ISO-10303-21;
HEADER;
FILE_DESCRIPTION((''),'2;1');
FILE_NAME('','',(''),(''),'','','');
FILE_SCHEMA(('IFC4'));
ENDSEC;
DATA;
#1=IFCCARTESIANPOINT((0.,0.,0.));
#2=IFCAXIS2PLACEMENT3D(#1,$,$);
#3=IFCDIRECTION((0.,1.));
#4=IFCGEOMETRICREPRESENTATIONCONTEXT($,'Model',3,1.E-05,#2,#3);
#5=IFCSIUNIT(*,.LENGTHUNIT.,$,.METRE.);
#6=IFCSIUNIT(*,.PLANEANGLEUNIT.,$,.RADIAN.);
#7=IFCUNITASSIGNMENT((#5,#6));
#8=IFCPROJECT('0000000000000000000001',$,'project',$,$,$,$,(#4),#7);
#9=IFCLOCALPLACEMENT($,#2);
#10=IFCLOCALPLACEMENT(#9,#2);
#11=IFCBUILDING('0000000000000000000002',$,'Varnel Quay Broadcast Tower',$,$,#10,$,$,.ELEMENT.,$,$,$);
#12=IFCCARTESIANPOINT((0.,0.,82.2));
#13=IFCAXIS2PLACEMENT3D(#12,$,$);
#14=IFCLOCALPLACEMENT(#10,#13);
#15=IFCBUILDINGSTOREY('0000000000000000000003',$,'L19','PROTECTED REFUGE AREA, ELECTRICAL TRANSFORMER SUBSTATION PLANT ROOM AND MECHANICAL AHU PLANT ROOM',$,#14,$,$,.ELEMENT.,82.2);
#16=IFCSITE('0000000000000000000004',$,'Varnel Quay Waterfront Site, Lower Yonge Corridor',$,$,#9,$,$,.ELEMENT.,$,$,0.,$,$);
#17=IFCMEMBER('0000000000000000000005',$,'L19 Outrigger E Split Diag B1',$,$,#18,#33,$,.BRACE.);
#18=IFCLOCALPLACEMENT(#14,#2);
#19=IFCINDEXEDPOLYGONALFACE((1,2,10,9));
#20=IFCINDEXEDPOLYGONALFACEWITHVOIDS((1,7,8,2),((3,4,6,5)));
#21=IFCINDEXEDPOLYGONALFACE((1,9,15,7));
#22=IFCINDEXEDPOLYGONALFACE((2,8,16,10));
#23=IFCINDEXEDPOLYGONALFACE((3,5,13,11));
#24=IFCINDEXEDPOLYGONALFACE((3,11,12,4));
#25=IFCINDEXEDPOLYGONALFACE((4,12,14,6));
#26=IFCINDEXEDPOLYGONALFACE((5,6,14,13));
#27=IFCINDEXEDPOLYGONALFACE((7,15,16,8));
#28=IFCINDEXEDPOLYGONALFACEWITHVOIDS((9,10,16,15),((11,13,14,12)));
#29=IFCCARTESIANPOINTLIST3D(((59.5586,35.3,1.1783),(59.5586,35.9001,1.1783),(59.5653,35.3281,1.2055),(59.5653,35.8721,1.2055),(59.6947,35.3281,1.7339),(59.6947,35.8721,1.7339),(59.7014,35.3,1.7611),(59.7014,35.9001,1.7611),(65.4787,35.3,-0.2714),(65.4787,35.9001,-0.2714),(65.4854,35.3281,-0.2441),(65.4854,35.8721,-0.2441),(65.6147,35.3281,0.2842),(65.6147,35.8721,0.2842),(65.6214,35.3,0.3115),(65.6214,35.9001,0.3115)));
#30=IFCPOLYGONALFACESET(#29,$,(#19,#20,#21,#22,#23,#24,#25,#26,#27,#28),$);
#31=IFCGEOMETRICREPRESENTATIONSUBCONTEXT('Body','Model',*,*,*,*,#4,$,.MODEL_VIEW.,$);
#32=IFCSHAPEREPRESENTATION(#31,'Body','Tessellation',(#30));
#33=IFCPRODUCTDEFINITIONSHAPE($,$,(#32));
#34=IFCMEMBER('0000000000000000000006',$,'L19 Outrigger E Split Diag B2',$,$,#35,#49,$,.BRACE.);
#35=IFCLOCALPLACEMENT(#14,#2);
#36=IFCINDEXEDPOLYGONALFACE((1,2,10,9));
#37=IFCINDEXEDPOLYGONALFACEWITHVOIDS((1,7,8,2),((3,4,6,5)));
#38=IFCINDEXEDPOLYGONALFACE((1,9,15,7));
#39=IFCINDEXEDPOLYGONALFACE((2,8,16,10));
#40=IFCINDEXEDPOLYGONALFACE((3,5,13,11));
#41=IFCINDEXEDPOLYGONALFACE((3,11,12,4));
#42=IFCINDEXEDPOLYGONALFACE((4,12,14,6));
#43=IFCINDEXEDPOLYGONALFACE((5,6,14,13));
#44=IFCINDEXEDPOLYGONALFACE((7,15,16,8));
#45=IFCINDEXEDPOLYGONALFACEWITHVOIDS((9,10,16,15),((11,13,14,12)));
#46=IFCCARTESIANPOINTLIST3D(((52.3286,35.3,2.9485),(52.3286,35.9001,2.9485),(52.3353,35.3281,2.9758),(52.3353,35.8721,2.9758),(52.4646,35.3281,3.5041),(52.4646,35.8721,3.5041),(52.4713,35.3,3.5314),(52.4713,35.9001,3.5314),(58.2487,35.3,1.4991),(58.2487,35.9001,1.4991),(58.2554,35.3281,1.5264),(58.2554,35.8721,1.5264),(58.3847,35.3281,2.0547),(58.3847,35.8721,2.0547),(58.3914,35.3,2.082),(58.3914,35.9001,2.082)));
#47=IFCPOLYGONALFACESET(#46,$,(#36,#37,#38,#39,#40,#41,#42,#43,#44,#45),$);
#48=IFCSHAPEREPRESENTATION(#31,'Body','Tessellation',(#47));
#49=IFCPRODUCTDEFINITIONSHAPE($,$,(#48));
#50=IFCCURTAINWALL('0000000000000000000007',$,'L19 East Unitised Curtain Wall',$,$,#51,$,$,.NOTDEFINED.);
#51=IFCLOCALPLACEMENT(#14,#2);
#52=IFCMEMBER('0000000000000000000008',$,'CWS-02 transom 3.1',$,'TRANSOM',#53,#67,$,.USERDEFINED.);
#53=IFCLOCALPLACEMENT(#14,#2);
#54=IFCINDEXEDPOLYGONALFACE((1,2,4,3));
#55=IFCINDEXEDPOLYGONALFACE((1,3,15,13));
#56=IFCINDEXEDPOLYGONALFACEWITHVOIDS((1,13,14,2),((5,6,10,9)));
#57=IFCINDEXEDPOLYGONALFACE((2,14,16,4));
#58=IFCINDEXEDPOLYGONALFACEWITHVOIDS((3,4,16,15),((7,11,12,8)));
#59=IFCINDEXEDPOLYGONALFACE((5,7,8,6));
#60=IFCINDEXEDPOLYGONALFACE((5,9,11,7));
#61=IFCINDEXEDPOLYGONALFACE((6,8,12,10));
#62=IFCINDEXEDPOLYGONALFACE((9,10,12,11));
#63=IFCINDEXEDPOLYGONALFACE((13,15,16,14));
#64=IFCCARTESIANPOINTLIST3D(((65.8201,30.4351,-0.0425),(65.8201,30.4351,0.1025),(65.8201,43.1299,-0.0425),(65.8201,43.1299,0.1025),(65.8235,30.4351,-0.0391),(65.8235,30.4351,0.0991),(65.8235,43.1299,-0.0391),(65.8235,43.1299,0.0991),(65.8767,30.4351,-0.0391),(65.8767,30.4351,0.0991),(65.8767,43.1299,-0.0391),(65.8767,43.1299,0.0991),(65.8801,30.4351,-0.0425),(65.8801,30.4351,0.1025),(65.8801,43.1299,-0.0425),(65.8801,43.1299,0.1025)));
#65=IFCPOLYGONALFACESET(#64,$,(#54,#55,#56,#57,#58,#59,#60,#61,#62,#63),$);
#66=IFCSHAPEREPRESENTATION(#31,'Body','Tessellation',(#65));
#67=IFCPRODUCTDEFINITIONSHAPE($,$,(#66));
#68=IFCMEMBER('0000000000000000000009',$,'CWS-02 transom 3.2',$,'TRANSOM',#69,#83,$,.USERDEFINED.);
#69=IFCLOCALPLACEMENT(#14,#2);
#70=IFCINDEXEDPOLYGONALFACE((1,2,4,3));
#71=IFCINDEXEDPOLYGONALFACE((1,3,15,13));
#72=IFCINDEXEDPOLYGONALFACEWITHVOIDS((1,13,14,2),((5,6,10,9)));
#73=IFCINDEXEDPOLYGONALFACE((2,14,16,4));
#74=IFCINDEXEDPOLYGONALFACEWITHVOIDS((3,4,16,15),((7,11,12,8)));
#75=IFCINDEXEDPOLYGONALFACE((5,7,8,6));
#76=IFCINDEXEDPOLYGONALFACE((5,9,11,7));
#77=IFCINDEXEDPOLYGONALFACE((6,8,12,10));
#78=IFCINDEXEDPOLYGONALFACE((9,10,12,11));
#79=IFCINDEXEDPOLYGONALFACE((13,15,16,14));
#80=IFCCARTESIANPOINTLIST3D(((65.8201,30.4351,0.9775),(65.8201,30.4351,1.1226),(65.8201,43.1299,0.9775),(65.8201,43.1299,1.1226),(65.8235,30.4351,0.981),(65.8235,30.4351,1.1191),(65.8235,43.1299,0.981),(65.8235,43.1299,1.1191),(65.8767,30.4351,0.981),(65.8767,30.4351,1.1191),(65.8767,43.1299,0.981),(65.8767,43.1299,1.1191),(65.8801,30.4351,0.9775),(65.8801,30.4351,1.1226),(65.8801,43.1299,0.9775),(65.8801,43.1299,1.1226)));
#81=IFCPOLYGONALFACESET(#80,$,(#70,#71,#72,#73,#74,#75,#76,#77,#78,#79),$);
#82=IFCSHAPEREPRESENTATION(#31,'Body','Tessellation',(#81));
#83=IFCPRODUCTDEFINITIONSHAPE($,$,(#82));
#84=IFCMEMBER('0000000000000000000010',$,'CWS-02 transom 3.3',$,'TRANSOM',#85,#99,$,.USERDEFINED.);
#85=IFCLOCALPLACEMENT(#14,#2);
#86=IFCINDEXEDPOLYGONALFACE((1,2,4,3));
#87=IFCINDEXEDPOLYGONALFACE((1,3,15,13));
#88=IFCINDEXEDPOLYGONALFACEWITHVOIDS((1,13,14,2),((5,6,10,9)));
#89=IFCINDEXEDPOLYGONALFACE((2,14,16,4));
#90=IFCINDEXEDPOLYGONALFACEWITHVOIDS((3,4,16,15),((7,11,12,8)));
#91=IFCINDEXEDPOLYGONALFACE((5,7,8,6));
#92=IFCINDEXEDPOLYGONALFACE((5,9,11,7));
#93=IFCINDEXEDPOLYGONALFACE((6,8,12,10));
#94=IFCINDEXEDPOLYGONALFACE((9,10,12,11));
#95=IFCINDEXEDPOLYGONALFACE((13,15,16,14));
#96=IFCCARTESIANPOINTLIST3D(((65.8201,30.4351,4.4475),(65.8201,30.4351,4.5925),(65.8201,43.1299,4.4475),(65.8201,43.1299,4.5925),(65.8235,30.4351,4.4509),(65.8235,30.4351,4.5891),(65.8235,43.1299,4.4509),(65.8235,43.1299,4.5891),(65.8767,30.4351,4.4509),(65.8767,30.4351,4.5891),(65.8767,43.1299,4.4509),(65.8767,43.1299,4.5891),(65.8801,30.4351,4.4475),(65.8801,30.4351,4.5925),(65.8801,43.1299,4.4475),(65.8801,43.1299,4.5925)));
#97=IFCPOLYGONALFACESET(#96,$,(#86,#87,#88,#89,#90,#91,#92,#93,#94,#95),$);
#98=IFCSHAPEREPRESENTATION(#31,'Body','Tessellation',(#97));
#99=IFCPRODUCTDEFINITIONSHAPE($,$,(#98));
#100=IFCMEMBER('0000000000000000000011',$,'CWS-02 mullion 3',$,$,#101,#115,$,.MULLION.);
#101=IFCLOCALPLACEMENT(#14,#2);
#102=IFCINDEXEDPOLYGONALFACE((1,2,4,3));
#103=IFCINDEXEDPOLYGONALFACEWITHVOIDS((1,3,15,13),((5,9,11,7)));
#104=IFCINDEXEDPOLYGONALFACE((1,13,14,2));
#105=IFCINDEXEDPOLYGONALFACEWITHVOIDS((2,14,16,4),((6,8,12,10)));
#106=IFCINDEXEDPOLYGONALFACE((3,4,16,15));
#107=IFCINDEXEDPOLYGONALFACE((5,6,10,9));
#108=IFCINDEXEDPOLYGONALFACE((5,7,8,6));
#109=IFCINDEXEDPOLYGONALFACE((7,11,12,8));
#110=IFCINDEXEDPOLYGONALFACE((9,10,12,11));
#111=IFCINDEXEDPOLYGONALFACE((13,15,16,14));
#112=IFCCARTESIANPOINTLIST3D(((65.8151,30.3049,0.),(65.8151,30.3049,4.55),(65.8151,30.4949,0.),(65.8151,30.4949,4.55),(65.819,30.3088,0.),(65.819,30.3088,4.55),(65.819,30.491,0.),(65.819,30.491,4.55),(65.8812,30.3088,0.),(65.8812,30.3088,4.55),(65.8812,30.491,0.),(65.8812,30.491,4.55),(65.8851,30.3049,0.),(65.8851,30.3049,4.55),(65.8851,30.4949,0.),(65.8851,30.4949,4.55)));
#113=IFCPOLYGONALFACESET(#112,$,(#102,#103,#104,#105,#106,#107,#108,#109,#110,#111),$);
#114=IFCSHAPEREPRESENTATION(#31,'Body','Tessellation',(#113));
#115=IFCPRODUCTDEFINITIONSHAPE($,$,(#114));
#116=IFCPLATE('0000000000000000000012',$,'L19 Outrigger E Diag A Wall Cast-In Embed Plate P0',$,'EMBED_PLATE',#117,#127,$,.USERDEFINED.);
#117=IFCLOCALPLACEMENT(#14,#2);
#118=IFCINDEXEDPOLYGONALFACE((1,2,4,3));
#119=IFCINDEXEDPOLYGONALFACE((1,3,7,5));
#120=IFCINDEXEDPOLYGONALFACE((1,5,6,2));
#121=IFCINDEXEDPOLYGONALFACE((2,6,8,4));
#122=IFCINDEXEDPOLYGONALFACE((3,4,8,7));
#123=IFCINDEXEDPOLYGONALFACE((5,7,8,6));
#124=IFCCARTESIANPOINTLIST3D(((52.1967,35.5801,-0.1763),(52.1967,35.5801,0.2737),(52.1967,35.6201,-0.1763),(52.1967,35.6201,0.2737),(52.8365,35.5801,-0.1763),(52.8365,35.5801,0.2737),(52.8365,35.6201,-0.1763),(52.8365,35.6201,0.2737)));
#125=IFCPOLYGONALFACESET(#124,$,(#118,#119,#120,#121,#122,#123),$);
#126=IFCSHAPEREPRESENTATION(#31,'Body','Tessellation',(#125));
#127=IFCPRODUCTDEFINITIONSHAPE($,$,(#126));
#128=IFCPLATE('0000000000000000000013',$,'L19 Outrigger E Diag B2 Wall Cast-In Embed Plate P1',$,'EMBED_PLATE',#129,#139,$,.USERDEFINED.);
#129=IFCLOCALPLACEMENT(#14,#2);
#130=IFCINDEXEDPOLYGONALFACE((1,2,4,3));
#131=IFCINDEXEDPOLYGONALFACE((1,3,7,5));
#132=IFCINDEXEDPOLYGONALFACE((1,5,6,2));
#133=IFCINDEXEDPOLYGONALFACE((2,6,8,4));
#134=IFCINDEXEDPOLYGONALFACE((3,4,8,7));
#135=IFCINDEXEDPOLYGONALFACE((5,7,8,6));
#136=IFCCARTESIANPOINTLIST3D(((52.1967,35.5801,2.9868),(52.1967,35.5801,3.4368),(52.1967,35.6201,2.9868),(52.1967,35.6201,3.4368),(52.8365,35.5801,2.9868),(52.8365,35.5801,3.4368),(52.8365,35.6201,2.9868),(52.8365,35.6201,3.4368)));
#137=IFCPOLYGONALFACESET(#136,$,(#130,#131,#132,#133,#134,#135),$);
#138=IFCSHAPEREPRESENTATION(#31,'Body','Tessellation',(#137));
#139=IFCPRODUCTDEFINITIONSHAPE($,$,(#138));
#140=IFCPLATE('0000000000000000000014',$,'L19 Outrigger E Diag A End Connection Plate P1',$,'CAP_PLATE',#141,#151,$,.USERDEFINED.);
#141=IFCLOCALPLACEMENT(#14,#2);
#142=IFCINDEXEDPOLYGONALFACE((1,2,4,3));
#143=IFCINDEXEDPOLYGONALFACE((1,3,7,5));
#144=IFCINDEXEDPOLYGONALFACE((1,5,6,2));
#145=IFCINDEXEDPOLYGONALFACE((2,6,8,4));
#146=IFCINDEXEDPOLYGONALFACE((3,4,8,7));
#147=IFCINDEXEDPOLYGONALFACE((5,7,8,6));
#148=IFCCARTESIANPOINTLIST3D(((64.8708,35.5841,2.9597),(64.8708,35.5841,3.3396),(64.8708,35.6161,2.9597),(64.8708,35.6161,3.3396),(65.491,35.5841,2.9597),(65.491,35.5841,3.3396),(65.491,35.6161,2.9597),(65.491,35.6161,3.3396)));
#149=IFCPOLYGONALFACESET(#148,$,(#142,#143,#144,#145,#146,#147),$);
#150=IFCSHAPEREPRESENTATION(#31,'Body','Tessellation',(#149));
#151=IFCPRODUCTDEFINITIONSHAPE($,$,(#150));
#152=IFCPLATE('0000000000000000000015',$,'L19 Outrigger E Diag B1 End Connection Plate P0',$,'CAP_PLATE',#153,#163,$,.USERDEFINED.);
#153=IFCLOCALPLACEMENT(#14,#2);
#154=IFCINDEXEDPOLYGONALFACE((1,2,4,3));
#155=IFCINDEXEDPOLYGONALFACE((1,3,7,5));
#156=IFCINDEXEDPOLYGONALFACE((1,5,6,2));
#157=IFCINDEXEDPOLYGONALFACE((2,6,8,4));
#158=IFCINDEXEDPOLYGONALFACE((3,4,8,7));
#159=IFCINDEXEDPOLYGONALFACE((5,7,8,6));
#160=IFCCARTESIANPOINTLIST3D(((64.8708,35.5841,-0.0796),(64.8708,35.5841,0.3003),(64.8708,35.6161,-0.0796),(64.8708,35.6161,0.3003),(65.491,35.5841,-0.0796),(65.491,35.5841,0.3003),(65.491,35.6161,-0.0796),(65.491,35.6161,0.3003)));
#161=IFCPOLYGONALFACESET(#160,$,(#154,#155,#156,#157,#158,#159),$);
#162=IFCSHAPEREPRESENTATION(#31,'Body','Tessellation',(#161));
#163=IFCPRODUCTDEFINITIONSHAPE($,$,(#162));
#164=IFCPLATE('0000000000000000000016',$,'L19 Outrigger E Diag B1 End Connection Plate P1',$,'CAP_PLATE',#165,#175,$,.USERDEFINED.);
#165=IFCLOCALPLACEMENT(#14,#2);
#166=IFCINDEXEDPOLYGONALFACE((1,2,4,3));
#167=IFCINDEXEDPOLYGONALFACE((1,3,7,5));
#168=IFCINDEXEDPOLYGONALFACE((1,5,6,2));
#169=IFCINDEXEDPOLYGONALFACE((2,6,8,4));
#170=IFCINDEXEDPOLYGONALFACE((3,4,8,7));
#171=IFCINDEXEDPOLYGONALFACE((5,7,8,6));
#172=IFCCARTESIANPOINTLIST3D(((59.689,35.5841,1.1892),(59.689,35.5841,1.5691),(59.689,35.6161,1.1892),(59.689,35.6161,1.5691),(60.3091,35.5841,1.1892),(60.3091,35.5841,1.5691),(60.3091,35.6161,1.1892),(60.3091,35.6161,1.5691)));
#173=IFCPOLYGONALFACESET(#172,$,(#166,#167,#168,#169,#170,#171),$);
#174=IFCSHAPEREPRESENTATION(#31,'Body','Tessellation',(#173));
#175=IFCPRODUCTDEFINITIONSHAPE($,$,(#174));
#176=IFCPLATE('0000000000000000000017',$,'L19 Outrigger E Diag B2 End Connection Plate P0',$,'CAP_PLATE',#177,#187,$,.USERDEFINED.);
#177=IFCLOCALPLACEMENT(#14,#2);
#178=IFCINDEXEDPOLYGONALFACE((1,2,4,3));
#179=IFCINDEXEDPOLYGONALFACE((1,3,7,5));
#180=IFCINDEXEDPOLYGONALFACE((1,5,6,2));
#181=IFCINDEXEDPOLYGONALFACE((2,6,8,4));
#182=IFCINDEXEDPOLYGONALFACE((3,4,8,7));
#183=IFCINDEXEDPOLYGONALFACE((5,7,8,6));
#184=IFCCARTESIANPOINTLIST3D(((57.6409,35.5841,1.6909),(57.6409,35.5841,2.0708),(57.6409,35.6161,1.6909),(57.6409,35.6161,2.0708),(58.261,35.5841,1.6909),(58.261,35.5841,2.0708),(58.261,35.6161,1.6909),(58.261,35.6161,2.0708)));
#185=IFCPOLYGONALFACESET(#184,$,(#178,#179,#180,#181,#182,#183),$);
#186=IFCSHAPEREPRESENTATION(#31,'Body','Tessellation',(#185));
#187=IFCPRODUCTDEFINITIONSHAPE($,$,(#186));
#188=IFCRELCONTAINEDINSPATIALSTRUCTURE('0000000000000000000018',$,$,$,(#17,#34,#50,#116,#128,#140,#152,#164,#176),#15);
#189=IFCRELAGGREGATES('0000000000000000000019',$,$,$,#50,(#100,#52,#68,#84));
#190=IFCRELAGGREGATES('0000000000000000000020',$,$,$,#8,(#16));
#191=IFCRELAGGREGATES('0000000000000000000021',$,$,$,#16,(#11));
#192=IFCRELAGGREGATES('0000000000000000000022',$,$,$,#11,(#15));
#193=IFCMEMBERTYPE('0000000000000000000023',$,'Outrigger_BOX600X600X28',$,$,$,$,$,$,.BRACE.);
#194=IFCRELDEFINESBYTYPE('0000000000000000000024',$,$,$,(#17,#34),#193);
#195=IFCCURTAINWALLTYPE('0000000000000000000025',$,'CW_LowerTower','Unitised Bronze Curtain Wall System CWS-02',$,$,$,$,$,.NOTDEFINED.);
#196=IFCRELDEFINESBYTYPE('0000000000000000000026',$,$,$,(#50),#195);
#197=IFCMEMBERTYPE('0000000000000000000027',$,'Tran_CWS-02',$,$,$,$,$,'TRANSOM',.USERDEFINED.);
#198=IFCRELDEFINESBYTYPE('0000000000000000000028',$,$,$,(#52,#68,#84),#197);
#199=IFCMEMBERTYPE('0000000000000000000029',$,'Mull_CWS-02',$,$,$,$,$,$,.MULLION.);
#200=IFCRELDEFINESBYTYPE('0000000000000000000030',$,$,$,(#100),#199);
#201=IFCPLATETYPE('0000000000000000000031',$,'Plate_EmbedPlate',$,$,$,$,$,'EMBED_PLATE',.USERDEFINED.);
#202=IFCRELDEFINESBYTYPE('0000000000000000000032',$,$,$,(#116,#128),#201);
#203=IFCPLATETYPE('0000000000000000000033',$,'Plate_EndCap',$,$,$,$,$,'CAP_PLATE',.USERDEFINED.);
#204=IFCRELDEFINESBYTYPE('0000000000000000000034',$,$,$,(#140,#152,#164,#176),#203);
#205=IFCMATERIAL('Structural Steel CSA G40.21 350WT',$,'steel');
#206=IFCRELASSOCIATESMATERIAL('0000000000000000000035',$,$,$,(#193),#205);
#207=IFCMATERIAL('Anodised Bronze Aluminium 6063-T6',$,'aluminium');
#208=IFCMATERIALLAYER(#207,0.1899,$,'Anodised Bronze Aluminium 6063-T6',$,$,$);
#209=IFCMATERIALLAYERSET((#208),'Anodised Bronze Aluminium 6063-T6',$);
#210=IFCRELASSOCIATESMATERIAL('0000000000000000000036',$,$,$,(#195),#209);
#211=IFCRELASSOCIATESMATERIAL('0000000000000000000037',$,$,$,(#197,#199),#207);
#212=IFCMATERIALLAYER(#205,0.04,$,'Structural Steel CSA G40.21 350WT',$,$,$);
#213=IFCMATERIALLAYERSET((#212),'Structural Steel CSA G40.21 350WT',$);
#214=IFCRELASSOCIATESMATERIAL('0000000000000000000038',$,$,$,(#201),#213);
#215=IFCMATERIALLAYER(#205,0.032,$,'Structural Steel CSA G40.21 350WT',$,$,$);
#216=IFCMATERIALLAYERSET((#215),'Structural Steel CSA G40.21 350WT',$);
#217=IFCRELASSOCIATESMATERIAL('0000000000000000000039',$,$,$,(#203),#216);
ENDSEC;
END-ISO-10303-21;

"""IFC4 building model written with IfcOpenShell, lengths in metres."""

from ifc_helpers import new_model, si_unit, direction, frame, origin, origin_2d, place, context, subcontext, project, spatial, rectangle, hollow_rectangle, extrude, source, transform, mapped, material, layer, layer_set, material_profile, profile_set, type_object, type_shapes, element, aggregate, save


model = new_model("IFC4")

# Units and contexts
model_context = context("Model", 3, precision=1e-05, world=origin(), true_north=direction((0.0, 1.0)))
body_context = subcontext(model_context, "Body", "Model", "MODEL_VIEW")
ifc_project = project(units=[si_unit("LENGTHUNIT", "METRE"), si_unit("PLANEANGLEUNIT", "RADIAN")], contexts=[model_context])

# Site, building, storey
site_placement = place(None, origin())
site = spatial("IfcSite", under=ifc_project, at=site_placement, Name="Varnel Quay Waterfront Site, Lower Yonge Corridor", CompositionType="ELEMENT", RefElevation=0.0)
building_placement = place(site_placement, origin())
building = spatial("IfcBuilding", under=site, at=building_placement, Name="Varnel Quay Broadcast Tower", CompositionType="ELEMENT")
storey_placement = place(building_placement, frame((0.0, 0.0, 82.2)))
storey = spatial("IfcBuildingStorey", under=building, at=storey_placement, Name="L19", Description="PROTECTED REFUGE AREA, ELECTRICAL TRANSFORMER SUBSTATION PLANT ROOM AND MECHANICAL AHU PLANT ROOM", CompositionType="ELEMENT", Elevation=82.2)

# Shared definitions
ifc_material_1 = material(Name="Structural Steel CSA G40.21 350WT", Category="steel")

# Members
ifc_material_profile_1 = material_profile(ifc_material_1, hollow_rectangle(XDim=0.6001, YDim=0.6001, WallThickness=0.0281, at=origin_2d()), Name="BOX600X600X28")
ifc_profile_set_1 = profile_set([ifc_material_profile_1], Name="Structural Steel CSA G40.21 350WT")
member_type_1 = type_object("IfcMemberType", Name="Outrigger_BOX600X600X28", PredefinedType="BRACE", material=ifc_profile_set_1)
shared_shape_1 = source(origin(), body_context, "Body", "SweptSolid", [
    extrude(hollow_rectangle(XDim=0.6001, YDim=0.6001, WallThickness=0.0281, at=origin_2d()), origin(), (0.0, 0.0, 1.0), 6.095),
])
type_shapes(member_type_1, [shared_shape_1])
for number, where, z_axis, x_axis, name in (
    (1, (65.55, 35.6001, 0.02), (-0.971302, 0.0, 0.237849), (0.0, -1.0, 0.0), "L19 Outrigger E Split Diag B1"),
    (2, (58.3201, 35.6001, 1.7905), (-0.971311, 0.0, 0.237811), (0.0, -1.0, 0.0), "L19 Outrigger E Split Diag B2"),
):
    element("IfcMember", number, at=place(storey_placement, frame(where, z_axis=z_axis, x_axis=x_axis)), inside=storey, type_object=member_type_1, Name=name, PredefinedType="BRACE", context=body_context, shape_type="MappedRepresentation", body=[
        mapped(shared_shape_1, transform((0.0, 0.0, 0.0), x_axis=(1.0, 0.0, 0.0), y_axis=(0.0, 1.0, 0.0), z_axis=(0.0, 0.0, 1.0), scale=1.0)),
    ])

# Curtain wall, members
ifc_material_2 = material(Name="Anodised Bronze Aluminium 6063-T6", Category="aluminium")
ifc_layer_1 = layer(ifc_material_2, 0.1899, Name="Anodised Bronze Aluminium 6063-T6")
ifc_layer_set_1 = layer_set([ifc_layer_1], Name="Anodised Bronze Aluminium 6063-T6")
curtain_wall_type = type_object("IfcCurtainWallType", Name="CW_LowerTower", Description="Unitised Bronze Curtain Wall System CWS-02", PredefinedType="NOTDEFINED", material=ifc_layer_set_1)
curtain_wall_placement = place(storey_placement, origin())
curtain_wall = element("IfcCurtainWall", 3, at=curtain_wall_placement, inside=storey, type_object=curtain_wall_type, Name="L19 East Unitised Curtain Wall", PredefinedType="NOTDEFINED")
ifc_material_profile_2 = material_profile(ifc_material_2, hollow_rectangle(XDim=0.0601, YDim=0.145, WallThickness=0.0034, at=origin_2d()), Name="ALU60X145X3.5")
ifc_profile_set_2 = profile_set([ifc_material_profile_2], Name="Anodised Bronze Aluminium 6063-T6")
member_type_2 = type_object("IfcMemberType", Name="Tran_CWS-02", ElementType="TRANSOM", PredefinedType="USERDEFINED", material=ifc_profile_set_2)
shared_shape_2 = source(origin(), body_context, "Body", "SweptSolid", [
    extrude(hollow_rectangle(XDim=0.0601, YDim=0.145, WallThickness=0.0034, at=origin_2d()), origin(), (0.0, 0.0, 1.0), 12.6948),
])
type_shapes(member_type_2, [shared_shape_2])
member_1_placement = place(storey_placement, frame((65.8501, 30.4351, 0.03), z_axis=(0.0, 1.0, 0.0), x_axis=(-1.0, 0.0, 0.0)))
member_1 = element("IfcMember", 4, at=member_1_placement, type_object=member_type_2, Name="CWS-02 transom 3.1", ObjectType="TRANSOM", PredefinedType="USERDEFINED", context=body_context, shape_type="MappedRepresentation", body=[
    mapped(shared_shape_2, transform((0.0, 0.0, 0.0), x_axis=(1.0, 0.0, 0.0), y_axis=(0.0, 1.0, 0.0), z_axis=(0.0, 0.0, 1.0), scale=1.0)),
])
member_2_placement = place(storey_placement, frame((65.8501, 30.4351, 1.05), z_axis=(0.0, 1.0, 0.0), x_axis=(-1.0, 0.0, 0.0)))
member_2 = element("IfcMember", 5, at=member_2_placement, type_object=member_type_2, Name="CWS-02 transom 3.2", ObjectType="TRANSOM", PredefinedType="USERDEFINED", context=body_context, shape_type="MappedRepresentation", body=[
    mapped(shared_shape_2, transform((0.0, 0.0, 0.0), x_axis=(1.0, 0.0, 0.0), y_axis=(0.0, 1.0, 0.0), z_axis=(0.0, 0.0, 1.0), scale=1.0)),
])
member_3_placement = place(storey_placement, frame((65.8501, 30.4351, 4.52), z_axis=(0.0, 1.0, 0.0), x_axis=(-1.0, 0.0, 0.0)))
member_3 = element("IfcMember", 6, at=member_3_placement, type_object=member_type_2, Name="CWS-02 transom 3.3", ObjectType="TRANSOM", PredefinedType="USERDEFINED", context=body_context, shape_type="MappedRepresentation", body=[
    mapped(shared_shape_2, transform((0.0, 0.0, 0.0), x_axis=(1.0, 0.0, 0.0), y_axis=(0.0, 1.0, 0.0), z_axis=(0.0, 0.0, 1.0), scale=1.0)),
])
ifc_material_profile_3 = material_profile(ifc_material_2, hollow_rectangle(XDim=0.0701, YDim=0.1899, WallThickness=0.0039, at=origin_2d()), Name="ALU70X190X4")
ifc_profile_set_3 = profile_set([ifc_material_profile_3], Name="Anodised Bronze Aluminium 6063-T6")
member_type_3 = type_object("IfcMemberType", Name="Mull_CWS-02", PredefinedType="MULLION", material=ifc_profile_set_3)
shared_shape_3 = source(origin(), body_context, "Body", "SweptSolid", [
    extrude(hollow_rectangle(XDim=0.0701, YDim=0.1899, WallThickness=0.0039, at=origin_2d()), origin(), (0.0, 0.0, 1.0), 4.55),
])
type_shapes(member_type_3, [shared_shape_3])
member_4_placement = place(storey_placement, frame((65.8501, 30.3999, 0.0), z_axis=(0.0, 0.0, 1.0), x_axis=(-1.0, 0.0, 0.0)))
member_4 = element("IfcMember", 7, at=member_4_placement, type_object=member_type_3, Name="CWS-02 mullion 3", PredefinedType="MULLION", context=body_context, shape_type="MappedRepresentation", body=[
    mapped(shared_shape_3, transform((0.0, 0.0, 0.0), x_axis=(1.0, 0.0, 0.0), y_axis=(0.0, 1.0, 0.0), z_axis=(0.0, 0.0, 1.0), scale=1.0)),
])

# Plates
ifc_layer_2 = layer(ifc_material_1, 0.04, Name="Structural Steel CSA G40.21 350WT")
ifc_layer_set_2 = layer_set([ifc_layer_2], Name="Structural Steel CSA G40.21 350WT")
plate_type_1 = type_object("IfcPlateType", Name="Plate_EmbedPlate", ElementType="EMBED_PLATE", PredefinedType="USERDEFINED", material=ifc_layer_set_2)
shared_shape_4 = source(origin(), body_context, "Body", "SweptSolid", [
    extrude(rectangle(XDim=0.6399, YDim=0.04, at=origin_2d()), origin(), (0.0, 0.0, 1.0), 0.45),
])
type_shapes(plate_type_1, [shared_shape_4])
for number, where, z_axis, x_axis, name in (
    (8, (52.5166, 35.6001, -0.1763), (0.0, 0.0, 1.0), (1.0, 0.0, 0.0), "L19 Outrigger E Diag A Wall Cast-In Embed Plate P0"),
    (9, (52.5166, 35.6001, 2.9868), (0.0, 0.0, 1.0), (1.0, 0.0, 0.0), "L19 Outrigger E Diag B2 Wall Cast-In Embed Plate P1"),
):
    element("IfcPlate", number, at=place(storey_placement, frame(where, z_axis=z_axis, x_axis=x_axis)), inside=storey, type_object=plate_type_1, Name=name, ObjectType="EMBED_PLATE", PredefinedType="USERDEFINED", context=body_context, shape_type="MappedRepresentation", body=[
        mapped(shared_shape_4, transform((0.0, 0.0, 0.0), x_axis=(1.0, 0.0, 0.0), y_axis=(0.0, 1.0, 0.0), z_axis=(0.0, 0.0, 1.0), scale=1.0)),
    ])
ifc_layer_3 = layer(ifc_material_1, 0.032, Name="Structural Steel CSA G40.21 350WT")
ifc_layer_set_3 = layer_set([ifc_layer_3], Name="Structural Steel CSA G40.21 350WT")
plate_type_2 = type_object("IfcPlateType", Name="Plate_EndCap", ElementType="CAP_PLATE", PredefinedType="USERDEFINED", material=ifc_layer_set_3)
shared_shape_5 = source(origin(), body_context, "Body", "SweptSolid", [
    extrude(rectangle(XDim=0.6201, YDim=0.032, at=origin_2d()), origin(), (0.0, 0.0, 1.0), 0.3799),
])
type_shapes(plate_type_2, [shared_shape_5])
for number, where, z_axis, x_axis, name in (
    (10, (65.1809, 35.6001, 2.9597), (0.0, 0.0, 1.0), (1.0, 0.0, 0.0), "L19 Outrigger E Diag A End Connection Plate P1"),
    (11, (65.1809, 35.6001, -0.0796), (0.0, 0.0, 1.0), (1.0, 0.0, 0.0), "L19 Outrigger E Diag B1 End Connection Plate P0"),
    (12, (59.999, 35.6001, 1.1892), (0.0, 0.0, 1.0), (1.0, 0.0, 0.0), "L19 Outrigger E Diag B1 End Connection Plate P1"),
    (13, (57.9509, 35.6001, 1.6909), (0.0, 0.0, 1.0), (1.0, 0.0, 0.0), "L19 Outrigger E Diag B2 End Connection Plate P0"),
):
    element("IfcPlate", number, at=place(storey_placement, frame(where, z_axis=z_axis, x_axis=x_axis)), inside=storey, type_object=plate_type_2, Name=name, ObjectType="CAP_PLATE", PredefinedType="USERDEFINED", context=body_context, shape_type="MappedRepresentation", body=[
        mapped(shared_shape_5, transform((0.0, 0.0, 0.0), x_axis=(1.0, 0.0, 0.0), y_axis=(0.0, 1.0, 0.0), z_axis=(0.0, 0.0, 1.0), scale=1.0)),
    ])

aggregate(curtain_wall, [member_4, member_1, member_2, member_3])

save(model, "model.ifc")
